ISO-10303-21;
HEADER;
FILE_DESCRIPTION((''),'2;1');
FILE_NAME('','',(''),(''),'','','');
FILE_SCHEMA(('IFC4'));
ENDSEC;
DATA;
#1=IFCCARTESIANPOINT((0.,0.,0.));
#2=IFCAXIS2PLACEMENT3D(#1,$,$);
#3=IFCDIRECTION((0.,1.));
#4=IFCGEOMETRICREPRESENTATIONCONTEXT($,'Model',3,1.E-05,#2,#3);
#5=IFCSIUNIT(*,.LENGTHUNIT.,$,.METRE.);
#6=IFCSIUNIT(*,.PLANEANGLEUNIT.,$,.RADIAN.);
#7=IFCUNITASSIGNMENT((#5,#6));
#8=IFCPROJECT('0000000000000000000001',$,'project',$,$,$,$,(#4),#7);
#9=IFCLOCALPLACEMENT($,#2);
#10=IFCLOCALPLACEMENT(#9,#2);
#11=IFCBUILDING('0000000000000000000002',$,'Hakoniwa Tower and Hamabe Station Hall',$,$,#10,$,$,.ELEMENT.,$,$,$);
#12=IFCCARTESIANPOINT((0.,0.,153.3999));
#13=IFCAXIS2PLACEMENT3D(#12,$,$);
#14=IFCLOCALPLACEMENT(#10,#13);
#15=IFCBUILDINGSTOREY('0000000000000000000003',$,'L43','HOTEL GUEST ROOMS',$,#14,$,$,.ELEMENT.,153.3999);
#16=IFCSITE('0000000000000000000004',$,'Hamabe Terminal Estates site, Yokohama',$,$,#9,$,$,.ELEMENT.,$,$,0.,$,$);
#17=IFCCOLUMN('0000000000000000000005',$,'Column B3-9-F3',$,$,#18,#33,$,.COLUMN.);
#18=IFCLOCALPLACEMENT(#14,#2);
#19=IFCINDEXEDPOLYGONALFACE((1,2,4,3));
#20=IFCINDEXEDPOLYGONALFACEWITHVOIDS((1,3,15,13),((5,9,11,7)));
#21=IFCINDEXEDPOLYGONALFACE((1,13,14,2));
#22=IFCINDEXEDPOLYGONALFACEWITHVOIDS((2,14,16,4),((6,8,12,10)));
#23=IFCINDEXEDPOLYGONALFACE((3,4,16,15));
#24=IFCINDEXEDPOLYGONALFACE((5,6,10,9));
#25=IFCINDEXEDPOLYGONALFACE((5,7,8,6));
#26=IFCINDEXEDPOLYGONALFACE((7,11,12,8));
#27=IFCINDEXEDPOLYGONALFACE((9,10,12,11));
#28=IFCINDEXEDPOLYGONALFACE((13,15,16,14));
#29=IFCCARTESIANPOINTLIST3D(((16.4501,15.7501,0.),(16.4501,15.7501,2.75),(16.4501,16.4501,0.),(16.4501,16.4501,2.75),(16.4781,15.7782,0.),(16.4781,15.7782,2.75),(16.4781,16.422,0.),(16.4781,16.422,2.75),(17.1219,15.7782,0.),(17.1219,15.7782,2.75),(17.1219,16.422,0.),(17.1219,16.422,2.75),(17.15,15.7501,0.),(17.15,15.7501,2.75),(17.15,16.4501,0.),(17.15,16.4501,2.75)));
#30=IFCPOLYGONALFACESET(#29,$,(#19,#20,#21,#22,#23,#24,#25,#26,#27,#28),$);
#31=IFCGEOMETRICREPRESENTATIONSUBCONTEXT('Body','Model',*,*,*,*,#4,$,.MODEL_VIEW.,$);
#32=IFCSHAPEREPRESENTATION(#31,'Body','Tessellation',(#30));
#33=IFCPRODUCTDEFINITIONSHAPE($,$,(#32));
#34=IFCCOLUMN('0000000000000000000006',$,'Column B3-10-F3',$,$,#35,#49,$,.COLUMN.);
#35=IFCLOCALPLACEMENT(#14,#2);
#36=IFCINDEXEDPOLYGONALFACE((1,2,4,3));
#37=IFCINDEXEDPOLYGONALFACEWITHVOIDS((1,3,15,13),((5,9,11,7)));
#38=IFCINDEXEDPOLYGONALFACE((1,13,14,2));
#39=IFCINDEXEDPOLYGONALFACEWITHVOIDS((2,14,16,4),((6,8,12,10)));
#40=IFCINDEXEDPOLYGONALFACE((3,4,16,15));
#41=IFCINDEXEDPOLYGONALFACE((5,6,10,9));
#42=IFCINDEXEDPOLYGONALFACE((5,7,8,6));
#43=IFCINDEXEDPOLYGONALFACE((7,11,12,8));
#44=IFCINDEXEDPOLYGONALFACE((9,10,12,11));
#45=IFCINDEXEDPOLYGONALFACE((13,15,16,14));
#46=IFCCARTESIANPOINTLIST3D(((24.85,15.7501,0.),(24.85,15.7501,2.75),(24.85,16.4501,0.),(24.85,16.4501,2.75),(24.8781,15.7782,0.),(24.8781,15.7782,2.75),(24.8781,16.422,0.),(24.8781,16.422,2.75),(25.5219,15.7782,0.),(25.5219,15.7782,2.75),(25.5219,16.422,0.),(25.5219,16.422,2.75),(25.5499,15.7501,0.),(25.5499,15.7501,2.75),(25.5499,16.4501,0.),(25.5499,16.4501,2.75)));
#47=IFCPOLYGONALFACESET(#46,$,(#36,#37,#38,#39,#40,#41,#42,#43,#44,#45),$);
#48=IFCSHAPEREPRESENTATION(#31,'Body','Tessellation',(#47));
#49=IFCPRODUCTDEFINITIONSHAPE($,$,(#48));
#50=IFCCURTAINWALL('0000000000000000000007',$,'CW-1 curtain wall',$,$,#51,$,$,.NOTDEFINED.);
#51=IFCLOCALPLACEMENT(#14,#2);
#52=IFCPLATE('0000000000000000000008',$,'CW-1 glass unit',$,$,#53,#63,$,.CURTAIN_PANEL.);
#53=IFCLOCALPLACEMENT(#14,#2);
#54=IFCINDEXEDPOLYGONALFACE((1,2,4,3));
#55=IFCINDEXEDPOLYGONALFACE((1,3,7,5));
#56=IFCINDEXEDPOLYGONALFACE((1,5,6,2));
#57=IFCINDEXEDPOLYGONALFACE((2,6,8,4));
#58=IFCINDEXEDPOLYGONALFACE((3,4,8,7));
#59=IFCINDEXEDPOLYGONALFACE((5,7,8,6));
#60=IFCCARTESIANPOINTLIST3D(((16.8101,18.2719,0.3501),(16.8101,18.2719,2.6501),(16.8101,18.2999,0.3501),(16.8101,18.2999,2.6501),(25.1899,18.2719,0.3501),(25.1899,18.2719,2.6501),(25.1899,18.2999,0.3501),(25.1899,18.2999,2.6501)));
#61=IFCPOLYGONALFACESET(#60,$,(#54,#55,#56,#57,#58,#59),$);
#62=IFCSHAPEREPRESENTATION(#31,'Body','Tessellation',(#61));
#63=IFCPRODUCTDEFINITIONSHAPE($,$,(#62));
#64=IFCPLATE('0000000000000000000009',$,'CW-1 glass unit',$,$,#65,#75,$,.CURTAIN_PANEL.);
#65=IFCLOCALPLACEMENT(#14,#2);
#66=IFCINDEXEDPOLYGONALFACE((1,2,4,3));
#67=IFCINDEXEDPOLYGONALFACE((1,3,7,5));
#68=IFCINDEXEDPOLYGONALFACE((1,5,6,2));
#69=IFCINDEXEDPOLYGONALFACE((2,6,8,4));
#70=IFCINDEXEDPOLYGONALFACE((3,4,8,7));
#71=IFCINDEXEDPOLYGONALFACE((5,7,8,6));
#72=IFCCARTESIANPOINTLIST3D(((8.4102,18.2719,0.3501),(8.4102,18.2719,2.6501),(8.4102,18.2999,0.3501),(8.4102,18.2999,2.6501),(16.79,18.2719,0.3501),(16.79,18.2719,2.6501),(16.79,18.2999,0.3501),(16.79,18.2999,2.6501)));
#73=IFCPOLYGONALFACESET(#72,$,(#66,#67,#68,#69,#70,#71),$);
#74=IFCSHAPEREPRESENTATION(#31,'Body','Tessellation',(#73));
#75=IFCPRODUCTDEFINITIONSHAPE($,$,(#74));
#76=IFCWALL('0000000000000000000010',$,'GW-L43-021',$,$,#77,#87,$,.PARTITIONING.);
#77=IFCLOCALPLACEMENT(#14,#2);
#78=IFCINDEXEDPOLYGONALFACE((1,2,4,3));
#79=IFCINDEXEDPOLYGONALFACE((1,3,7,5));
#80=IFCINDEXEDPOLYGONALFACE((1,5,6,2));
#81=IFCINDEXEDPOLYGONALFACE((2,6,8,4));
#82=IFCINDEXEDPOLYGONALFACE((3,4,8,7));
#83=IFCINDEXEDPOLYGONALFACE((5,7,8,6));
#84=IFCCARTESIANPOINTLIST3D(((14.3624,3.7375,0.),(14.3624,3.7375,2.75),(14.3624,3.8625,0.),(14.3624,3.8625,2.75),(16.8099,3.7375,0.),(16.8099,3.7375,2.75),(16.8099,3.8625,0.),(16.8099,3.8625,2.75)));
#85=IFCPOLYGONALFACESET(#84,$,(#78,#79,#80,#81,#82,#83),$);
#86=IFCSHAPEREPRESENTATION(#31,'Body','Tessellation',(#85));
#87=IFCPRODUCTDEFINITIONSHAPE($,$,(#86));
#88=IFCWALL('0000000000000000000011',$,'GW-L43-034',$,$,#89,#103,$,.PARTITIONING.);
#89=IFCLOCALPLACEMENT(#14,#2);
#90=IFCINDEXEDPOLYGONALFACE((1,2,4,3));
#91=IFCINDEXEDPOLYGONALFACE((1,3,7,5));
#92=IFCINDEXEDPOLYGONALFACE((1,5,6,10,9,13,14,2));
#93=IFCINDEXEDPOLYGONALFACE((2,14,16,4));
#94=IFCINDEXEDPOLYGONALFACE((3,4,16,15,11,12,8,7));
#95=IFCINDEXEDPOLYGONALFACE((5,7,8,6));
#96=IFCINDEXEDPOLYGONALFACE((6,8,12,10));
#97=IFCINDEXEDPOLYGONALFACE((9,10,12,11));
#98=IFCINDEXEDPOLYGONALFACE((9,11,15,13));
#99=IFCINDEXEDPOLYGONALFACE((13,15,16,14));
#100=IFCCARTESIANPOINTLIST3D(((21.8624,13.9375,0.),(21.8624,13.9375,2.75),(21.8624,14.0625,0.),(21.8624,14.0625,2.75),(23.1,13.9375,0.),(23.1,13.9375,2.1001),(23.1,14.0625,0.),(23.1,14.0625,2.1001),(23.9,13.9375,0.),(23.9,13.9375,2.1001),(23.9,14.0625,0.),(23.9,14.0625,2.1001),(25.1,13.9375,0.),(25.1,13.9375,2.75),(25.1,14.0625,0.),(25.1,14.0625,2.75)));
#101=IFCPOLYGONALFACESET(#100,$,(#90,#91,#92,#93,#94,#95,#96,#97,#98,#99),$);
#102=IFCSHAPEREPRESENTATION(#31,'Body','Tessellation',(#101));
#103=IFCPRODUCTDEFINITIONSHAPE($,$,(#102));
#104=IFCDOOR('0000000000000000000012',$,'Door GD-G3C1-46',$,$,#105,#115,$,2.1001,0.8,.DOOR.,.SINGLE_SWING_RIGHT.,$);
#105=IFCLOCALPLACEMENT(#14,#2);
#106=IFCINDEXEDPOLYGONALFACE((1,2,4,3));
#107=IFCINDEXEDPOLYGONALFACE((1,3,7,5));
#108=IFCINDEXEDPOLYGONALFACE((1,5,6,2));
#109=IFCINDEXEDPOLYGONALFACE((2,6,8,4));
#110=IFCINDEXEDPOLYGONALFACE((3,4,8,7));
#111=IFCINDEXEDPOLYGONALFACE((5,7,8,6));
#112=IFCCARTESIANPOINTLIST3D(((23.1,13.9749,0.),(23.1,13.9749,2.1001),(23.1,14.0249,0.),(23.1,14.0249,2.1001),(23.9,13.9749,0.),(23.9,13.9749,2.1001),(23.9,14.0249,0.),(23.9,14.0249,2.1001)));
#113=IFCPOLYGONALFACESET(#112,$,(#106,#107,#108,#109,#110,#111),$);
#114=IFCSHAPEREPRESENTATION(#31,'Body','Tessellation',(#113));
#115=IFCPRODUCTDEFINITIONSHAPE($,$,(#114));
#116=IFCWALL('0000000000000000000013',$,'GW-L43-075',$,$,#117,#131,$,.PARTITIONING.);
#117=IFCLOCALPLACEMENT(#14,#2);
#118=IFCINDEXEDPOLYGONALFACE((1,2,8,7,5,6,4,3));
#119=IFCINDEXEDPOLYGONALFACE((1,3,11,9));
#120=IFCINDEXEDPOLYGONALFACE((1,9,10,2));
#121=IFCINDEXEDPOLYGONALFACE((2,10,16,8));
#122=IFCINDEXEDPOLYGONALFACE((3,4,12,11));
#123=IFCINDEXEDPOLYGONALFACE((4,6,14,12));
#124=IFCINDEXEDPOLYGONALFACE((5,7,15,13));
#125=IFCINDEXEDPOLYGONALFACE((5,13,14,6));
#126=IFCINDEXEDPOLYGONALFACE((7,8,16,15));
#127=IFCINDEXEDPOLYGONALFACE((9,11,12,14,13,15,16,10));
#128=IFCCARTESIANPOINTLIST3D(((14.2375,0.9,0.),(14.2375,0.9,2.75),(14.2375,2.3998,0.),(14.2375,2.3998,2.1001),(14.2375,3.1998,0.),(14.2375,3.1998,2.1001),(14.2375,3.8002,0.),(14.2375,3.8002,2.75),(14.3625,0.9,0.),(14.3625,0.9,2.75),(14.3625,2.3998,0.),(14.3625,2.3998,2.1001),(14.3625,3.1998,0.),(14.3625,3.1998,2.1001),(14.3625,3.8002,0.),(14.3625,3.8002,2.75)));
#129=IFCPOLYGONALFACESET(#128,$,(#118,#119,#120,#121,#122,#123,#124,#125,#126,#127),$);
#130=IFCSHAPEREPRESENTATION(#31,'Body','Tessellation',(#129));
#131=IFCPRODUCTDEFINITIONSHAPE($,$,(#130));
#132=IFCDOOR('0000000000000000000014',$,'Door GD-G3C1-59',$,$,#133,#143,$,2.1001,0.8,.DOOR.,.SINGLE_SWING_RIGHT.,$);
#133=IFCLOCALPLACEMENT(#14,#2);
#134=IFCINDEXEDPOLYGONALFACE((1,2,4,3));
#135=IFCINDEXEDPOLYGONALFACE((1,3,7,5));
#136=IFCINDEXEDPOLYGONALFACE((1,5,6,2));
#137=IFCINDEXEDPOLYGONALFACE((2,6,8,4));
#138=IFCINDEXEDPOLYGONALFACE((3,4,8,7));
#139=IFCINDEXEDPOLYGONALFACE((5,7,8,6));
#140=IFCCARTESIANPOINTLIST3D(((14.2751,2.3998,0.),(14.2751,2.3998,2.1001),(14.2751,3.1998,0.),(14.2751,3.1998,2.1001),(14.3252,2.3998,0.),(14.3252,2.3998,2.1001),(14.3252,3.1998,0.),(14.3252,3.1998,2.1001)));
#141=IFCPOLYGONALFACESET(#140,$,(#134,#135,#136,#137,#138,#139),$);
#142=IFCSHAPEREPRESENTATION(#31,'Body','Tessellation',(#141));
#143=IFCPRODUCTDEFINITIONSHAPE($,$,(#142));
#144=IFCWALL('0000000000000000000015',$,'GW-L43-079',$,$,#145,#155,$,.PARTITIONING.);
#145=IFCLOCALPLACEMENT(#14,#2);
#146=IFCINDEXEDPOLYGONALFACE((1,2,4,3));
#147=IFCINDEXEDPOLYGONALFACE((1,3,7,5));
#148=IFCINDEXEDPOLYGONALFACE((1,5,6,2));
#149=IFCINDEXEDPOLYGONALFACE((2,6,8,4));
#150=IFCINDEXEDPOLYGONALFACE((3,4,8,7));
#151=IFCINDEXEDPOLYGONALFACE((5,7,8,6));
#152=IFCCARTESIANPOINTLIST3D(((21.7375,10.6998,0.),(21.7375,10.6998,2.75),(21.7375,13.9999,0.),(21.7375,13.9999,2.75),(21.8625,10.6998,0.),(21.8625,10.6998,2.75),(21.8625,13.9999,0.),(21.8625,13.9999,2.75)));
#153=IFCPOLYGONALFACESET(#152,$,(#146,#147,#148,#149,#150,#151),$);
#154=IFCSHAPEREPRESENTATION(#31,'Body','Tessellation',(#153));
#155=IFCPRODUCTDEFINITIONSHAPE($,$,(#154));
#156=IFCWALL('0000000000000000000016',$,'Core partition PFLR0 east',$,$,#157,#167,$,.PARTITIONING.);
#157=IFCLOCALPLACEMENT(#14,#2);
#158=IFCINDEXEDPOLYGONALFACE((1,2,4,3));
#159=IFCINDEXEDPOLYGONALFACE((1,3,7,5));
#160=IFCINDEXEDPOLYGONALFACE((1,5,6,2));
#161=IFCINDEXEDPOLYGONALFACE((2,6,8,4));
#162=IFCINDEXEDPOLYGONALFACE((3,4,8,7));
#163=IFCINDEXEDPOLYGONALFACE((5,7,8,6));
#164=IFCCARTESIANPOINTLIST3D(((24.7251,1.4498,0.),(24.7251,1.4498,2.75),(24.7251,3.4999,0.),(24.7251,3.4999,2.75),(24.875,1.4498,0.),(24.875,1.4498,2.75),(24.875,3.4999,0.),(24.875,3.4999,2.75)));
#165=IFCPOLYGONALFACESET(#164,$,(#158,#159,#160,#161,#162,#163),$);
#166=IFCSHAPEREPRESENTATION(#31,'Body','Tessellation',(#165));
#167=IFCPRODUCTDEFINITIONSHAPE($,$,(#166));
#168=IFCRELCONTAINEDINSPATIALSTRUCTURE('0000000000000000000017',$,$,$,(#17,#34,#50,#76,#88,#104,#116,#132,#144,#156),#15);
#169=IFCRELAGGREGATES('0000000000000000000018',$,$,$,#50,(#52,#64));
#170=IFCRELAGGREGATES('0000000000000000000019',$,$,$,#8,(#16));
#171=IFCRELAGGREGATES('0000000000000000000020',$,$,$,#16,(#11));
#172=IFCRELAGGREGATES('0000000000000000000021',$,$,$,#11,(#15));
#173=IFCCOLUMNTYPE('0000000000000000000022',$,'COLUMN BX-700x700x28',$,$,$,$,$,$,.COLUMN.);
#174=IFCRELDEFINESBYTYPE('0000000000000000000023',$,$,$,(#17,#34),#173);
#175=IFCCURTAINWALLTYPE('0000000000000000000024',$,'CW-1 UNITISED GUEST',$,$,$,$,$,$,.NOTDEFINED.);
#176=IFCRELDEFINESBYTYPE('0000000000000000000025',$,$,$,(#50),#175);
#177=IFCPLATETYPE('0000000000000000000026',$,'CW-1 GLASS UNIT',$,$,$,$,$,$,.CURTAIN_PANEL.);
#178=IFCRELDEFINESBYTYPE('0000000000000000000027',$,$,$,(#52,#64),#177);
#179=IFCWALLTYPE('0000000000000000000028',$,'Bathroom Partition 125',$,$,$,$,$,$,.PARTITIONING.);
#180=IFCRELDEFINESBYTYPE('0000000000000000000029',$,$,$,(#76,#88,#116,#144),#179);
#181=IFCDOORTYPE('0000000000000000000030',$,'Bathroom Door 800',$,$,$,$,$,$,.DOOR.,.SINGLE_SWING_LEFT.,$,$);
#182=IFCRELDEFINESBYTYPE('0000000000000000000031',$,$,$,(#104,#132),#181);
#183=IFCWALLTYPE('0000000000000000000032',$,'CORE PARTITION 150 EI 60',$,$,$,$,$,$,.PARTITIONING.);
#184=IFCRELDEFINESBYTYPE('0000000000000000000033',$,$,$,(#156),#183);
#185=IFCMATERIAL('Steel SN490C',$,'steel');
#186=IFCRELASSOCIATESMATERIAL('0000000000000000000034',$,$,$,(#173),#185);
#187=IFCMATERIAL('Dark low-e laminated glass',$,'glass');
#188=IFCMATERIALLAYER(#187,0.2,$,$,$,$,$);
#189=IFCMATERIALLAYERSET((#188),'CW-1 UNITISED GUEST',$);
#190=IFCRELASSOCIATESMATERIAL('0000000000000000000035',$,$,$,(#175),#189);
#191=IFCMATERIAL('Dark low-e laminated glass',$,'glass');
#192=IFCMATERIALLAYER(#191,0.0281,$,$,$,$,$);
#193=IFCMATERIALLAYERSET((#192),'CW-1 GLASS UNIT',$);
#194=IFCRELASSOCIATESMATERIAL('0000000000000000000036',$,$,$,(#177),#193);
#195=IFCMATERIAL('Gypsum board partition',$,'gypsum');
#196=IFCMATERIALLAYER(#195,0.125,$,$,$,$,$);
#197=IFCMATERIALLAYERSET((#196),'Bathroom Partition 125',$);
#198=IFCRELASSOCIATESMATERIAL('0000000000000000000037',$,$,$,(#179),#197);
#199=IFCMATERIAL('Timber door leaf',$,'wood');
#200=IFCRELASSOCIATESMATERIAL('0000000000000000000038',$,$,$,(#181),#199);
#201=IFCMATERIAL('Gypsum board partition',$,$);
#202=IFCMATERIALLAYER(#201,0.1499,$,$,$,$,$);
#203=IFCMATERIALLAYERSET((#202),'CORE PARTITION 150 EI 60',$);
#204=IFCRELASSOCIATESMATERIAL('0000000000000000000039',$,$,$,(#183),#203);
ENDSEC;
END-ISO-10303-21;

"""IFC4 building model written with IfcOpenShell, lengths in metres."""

from ifc_helpers import new_model, si_unit, direction, frame, frame_2d, origin, origin_2d, place, context, subcontext, project, spatial, rectangle, hollow_rectangle, extrude, material, layer, layer_set, material_profile, profile_set, type_object, element, fill, aggregate, save


model = new_model("IFC4")

# Units and contexts
model_context = context("Model", 3, precision=1e-05, world=origin(), true_north=direction((0.0, 1.0)))
body_context = subcontext(model_context, "Body", "Model", "MODEL_VIEW")
ifc_project = project(units=[si_unit("LENGTHUNIT", "METRE"), si_unit("PLANEANGLEUNIT", "RADIAN")], contexts=[model_context])

# Site, building, storey
site_placement = place(None, origin())
site = spatial("IfcSite", under=ifc_project, at=site_placement, Name="Hamabe Terminal Estates site, Yokohama", CompositionType="ELEMENT", RefElevation=0.0)
building_placement = place(site_placement, origin())
building = spatial("IfcBuilding", under=site, at=building_placement, Name="Hakoniwa Tower and Hamabe Station Hall", CompositionType="ELEMENT")
storey_placement = place(building_placement, frame((0.0, 0.0, 153.3999)))
storey = spatial("IfcBuildingStorey", under=building, at=storey_placement, Name="L43", Description="HOTEL GUEST ROOMS", CompositionType="ELEMENT", Elevation=153.3999)

# Columns
ifc_material_1 = material(Name="Steel SN490C", Category="steel")
ifc_material_profile = material_profile(ifc_material_1, hollow_rectangle(XDim=0.7, YDim=0.7, WallThickness=0.0281, at=origin_2d()), Name="BX-700x700x28")
ifc_profile_set = profile_set([ifc_material_profile], Name="Steel SN490C")
column_type = type_object("IfcColumnType", Name="COLUMN BX-700x700x28", PredefinedType="COLUMN", material=ifc_profile_set)
for number, where, z_axis, x_axis, name in (
    (1, (16.8, 16.1001, 0.0), (0.0, 0.0, 1.0), (1.0, 0.0, 0.0), "Column B3-9-F3"),
    (2, (25.2, 16.1001, 0.0), (0.0, 0.0, 1.0), (1.0, 0.0, 0.0), "Column B3-10-F3"),
):
    element("IfcColumn", number, at=place(storey_placement, frame(where, z_axis=z_axis, x_axis=x_axis)), inside=storey, type_object=column_type, Name=name, PredefinedType="COLUMN", context=body_context, shape_type="SweptSolid", body=[
        extrude(hollow_rectangle(XDim=0.7, YDim=0.7, WallThickness=0.0281, at=origin_2d()), origin(), (0.0, 0.0, 1.0), 2.75),
    ])

# Curtain wall, plates
ifc_material_2 = material(Name="Dark low-e laminated glass", Category="glass")
ifc_layer_1 = layer(ifc_material_2, 0.2)
ifc_layer_set_1 = layer_set([ifc_layer_1], Name="CW-1 UNITISED GUEST")
curtain_wall_type = type_object("IfcCurtainWallType", Name="CW-1 UNITISED GUEST", PredefinedType="NOTDEFINED", material=ifc_layer_set_1)
curtain_wall_placement = place(storey_placement, origin())
curtain_wall = element("IfcCurtainWall", 3, at=curtain_wall_placement, inside=storey, type_object=curtain_wall_type, Name="CW-1 curtain wall", PredefinedType="NOTDEFINED")
ifc_material_3 = material(Name="Dark low-e laminated glass", Category="glass")
ifc_layer_2 = layer(ifc_material_3, 0.0281)
ifc_layer_set_2 = layer_set([ifc_layer_2], Name="CW-1 GLASS UNIT")
plate_type = type_object("IfcPlateType", Name="CW-1 GLASS UNIT", PredefinedType="CURTAIN_PANEL", material=ifc_layer_set_2)
plate_1_placement = place(storey_placement, frame((21.0, 18.2859, 0.3501), z_axis=(0.0, 0.0, 1.0), x_axis=(-1.0, 0.0, 0.0)))
plate_1 = element("IfcPlate", 4, at=plate_1_placement, type_object=plate_type, Name="CW-1 glass unit", PredefinedType="CURTAIN_PANEL", context=body_context, shape_type="SweptSolid", body=[
    extrude(rectangle(XDim=8.3799, YDim=0.0281, at=origin_2d()), origin(), (0.0, 0.0, 1.0), 2.3),
])
plate_2_placement = place(storey_placement, frame((12.6001, 18.2859, 0.3501), z_axis=(0.0, 0.0, 1.0), x_axis=(-1.0, 0.0, 0.0)))
plate_2 = element("IfcPlate", 5, at=plate_2_placement, type_object=plate_type, Name="CW-1 glass unit", PredefinedType="CURTAIN_PANEL", context=body_context, shape_type="SweptSolid", body=[
    extrude(rectangle(XDim=8.3799, YDim=0.0281, at=origin_2d()), origin(), (0.0, 0.0, 1.0), 2.3),
])
aggregate(curtain_wall, [plate_1, plate_2])

# Wall
ifc_material_4 = material(Name="Gypsum board partition", Category="gypsum")
ifc_layer_3 = layer(ifc_material_4, 0.125)
ifc_layer_set_3 = layer_set([ifc_layer_3], Name="Bathroom Partition 125")
wall_type_1 = type_object("IfcWallType", Name="Bathroom Partition 125", PredefinedType="PARTITIONING", material=ifc_layer_set_3)
wall_1_placement = place(storey_placement, frame((14.3625, 3.8, 0.0), z_axis=(0.0, 0.0, 1.0), x_axis=(1.0, 0.0, 0.0)))
element("IfcWall", 6, at=wall_1_placement, inside=storey, type_object=wall_type_1, Name="GW-L43-021", PredefinedType="PARTITIONING", context=body_context, shape_type="SweptSolid", body=[
    extrude(rectangle(XDim=2.4475, YDim=0.125, at=frame_2d((1.2236, 0.0))), origin(), (0.0, 0.0, 1.0), 2.75),
])

# Walls, openings, doors
wall_2_placement = place(storey_placement, frame((21.8625, 14.0, 0.0), z_axis=(0.0, 0.0, 1.0), x_axis=(1.0, 0.0, 0.0)))
wall_2 = element("IfcWall", 7, at=wall_2_placement, inside=storey, type_object=wall_type_1, Name="GW-L43-034", PredefinedType="PARTITIONING", context=body_context, shape_type="SweptSolid", body=[
    extrude(rectangle(XDim=3.2375, YDim=0.125, at=frame_2d((1.6187, 0.0))), origin(), (0.0, 0.0, 1.0), 2.75),
])
opening_1_placement = place(wall_2_placement, frame((1.2375, 0.0, 0.0)))
opening_1 = element("IfcOpeningElement", 8, at=opening_1_placement, cuts=wall_2, PredefinedType="OPENING", context=body_context, shape_type="SweptSolid", body=[
    extrude(rectangle(XDim=0.8, YDim=2.1001, at=frame_2d((0.3999, 1.05))), frame((0.0, 0.0725, 0.0), z_axis=(0.0, -1.0, 0.0), x_axis=(1.0, 0.0, 0.0)), (0.0, 0.0, 1.0), 0.145),
])
ifc_material_5 = material(Name="Timber door leaf", Category="wood")
door_type_1 = type_object("IfcDoorType", Name="Bathroom Door 800", OperationType="SINGLE_SWING_LEFT", PredefinedType="DOOR", material=ifc_material_5)
door_1_placement = place(opening_1_placement, origin())
door_1 = element("IfcDoor", 9, at=door_1_placement, inside=storey, type_object=door_type_1, Name="Door GD-G3C1-46", OperationType="SINGLE_SWING_RIGHT", OverallHeight=2.1001, OverallWidth=0.8, PredefinedType="DOOR", context=body_context, shape_type="SweptSolid", body=[
    extrude(rectangle(XDim=0.8, YDim=2.1001, at=frame_2d((0.3999, 1.05))), frame((0.0, 0.0249, 0.0), z_axis=(0.0, -1.0, 0.0), x_axis=(1.0, 0.0, 0.0)), (0.0, 0.0, 1.0), 0.05),
])
fill(opening_1, door_1)
wall_3_placement = place(storey_placement, frame((14.3, 0.8999, 0.0), z_axis=(0.0, 0.0, 1.0), x_axis=(0.0, 1.0, 0.0)))
wall_3 = element("IfcWall", 10, at=wall_3_placement, inside=storey, type_object=wall_type_1, Name="GW-L43-075", PredefinedType="PARTITIONING", context=body_context, shape_type="SweptSolid", body=[
    extrude(rectangle(XDim=2.9001, YDim=0.125, at=frame_2d((1.4502, 0.0))), origin(), (0.0, 0.0, 1.0), 2.75),
])
opening_2_placement = place(wall_3_placement, frame((1.5, 0.0, 0.0)))
opening_2 = element("IfcOpeningElement", 11, at=opening_2_placement, cuts=wall_3, PredefinedType="OPENING", context=body_context, shape_type="SweptSolid", body=[
    extrude(rectangle(XDim=0.8, YDim=2.1001, at=frame_2d((0.3999, 1.05))), frame((0.0, 0.0725, 0.0), z_axis=(0.0, -1.0, 0.0), x_axis=(1.0, 0.0, 0.0)), (0.0, 0.0, 1.0), 0.145),
])
door_2_placement = place(opening_2_placement, origin())
door_2 = element("IfcDoor", 12, at=door_2_placement, inside=storey, type_object=door_type_1, Name="Door GD-G3C1-59", OperationType="SINGLE_SWING_RIGHT", OverallHeight=2.1001, OverallWidth=0.8, PredefinedType="DOOR", context=body_context, shape_type="SweptSolid", body=[
    extrude(rectangle(XDim=0.8, YDim=2.1001, at=frame_2d((0.3999, 1.05))), frame((0.0, 0.0249, 0.0), z_axis=(0.0, -1.0, 0.0), x_axis=(1.0, 0.0, 0.0)), (0.0, 0.0, 1.0), 0.05),
])
fill(opening_2, door_2)

# Walls
wall_4_placement = place(storey_placement, frame((21.8, 10.7, 0.0), z_axis=(0.0, 0.0, 1.0), x_axis=(0.0, 1.0, 0.0)))
element("IfcWall", 13, at=wall_4_placement, inside=storey, type_object=wall_type_1, Name="GW-L43-079", PredefinedType="PARTITIONING", context=body_context, shape_type="SweptSolid", body=[
    extrude(rectangle(XDim=3.3, YDim=0.125, at=frame_2d((1.6499, 0.0))), origin(), (0.0, 0.0, 1.0), 2.75),
])
ifc_material_6 = material(Name="Gypsum board partition")
ifc_layer_4 = layer(ifc_material_6, 0.1499)
ifc_layer_set_4 = layer_set([ifc_layer_4], Name="CORE PARTITION 150 EI 60")
wall_type_2 = type_object("IfcWallType", Name="CORE PARTITION 150 EI 60", PredefinedType="PARTITIONING", material=ifc_layer_set_4)
wall_5_placement = place(storey_placement, frame((24.8, 1.45, 0.0), z_axis=(0.0, 0.0, 1.0), x_axis=(0.0, 1.0, 0.0)))
element("IfcWall", 14, at=wall_5_placement, inside=storey, type_object=wall_type_2, Name="Core partition PFLR0 east", PredefinedType="PARTITIONING", context=body_context, shape_type="SweptSolid", body=[
    extrude(rectangle(XDim=2.05, YDim=0.1499, at=frame_2d((1.0249, 0.0))), origin(), (0.0, 0.0, 1.0), 2.75),
])

save(model, "model.ifc")
